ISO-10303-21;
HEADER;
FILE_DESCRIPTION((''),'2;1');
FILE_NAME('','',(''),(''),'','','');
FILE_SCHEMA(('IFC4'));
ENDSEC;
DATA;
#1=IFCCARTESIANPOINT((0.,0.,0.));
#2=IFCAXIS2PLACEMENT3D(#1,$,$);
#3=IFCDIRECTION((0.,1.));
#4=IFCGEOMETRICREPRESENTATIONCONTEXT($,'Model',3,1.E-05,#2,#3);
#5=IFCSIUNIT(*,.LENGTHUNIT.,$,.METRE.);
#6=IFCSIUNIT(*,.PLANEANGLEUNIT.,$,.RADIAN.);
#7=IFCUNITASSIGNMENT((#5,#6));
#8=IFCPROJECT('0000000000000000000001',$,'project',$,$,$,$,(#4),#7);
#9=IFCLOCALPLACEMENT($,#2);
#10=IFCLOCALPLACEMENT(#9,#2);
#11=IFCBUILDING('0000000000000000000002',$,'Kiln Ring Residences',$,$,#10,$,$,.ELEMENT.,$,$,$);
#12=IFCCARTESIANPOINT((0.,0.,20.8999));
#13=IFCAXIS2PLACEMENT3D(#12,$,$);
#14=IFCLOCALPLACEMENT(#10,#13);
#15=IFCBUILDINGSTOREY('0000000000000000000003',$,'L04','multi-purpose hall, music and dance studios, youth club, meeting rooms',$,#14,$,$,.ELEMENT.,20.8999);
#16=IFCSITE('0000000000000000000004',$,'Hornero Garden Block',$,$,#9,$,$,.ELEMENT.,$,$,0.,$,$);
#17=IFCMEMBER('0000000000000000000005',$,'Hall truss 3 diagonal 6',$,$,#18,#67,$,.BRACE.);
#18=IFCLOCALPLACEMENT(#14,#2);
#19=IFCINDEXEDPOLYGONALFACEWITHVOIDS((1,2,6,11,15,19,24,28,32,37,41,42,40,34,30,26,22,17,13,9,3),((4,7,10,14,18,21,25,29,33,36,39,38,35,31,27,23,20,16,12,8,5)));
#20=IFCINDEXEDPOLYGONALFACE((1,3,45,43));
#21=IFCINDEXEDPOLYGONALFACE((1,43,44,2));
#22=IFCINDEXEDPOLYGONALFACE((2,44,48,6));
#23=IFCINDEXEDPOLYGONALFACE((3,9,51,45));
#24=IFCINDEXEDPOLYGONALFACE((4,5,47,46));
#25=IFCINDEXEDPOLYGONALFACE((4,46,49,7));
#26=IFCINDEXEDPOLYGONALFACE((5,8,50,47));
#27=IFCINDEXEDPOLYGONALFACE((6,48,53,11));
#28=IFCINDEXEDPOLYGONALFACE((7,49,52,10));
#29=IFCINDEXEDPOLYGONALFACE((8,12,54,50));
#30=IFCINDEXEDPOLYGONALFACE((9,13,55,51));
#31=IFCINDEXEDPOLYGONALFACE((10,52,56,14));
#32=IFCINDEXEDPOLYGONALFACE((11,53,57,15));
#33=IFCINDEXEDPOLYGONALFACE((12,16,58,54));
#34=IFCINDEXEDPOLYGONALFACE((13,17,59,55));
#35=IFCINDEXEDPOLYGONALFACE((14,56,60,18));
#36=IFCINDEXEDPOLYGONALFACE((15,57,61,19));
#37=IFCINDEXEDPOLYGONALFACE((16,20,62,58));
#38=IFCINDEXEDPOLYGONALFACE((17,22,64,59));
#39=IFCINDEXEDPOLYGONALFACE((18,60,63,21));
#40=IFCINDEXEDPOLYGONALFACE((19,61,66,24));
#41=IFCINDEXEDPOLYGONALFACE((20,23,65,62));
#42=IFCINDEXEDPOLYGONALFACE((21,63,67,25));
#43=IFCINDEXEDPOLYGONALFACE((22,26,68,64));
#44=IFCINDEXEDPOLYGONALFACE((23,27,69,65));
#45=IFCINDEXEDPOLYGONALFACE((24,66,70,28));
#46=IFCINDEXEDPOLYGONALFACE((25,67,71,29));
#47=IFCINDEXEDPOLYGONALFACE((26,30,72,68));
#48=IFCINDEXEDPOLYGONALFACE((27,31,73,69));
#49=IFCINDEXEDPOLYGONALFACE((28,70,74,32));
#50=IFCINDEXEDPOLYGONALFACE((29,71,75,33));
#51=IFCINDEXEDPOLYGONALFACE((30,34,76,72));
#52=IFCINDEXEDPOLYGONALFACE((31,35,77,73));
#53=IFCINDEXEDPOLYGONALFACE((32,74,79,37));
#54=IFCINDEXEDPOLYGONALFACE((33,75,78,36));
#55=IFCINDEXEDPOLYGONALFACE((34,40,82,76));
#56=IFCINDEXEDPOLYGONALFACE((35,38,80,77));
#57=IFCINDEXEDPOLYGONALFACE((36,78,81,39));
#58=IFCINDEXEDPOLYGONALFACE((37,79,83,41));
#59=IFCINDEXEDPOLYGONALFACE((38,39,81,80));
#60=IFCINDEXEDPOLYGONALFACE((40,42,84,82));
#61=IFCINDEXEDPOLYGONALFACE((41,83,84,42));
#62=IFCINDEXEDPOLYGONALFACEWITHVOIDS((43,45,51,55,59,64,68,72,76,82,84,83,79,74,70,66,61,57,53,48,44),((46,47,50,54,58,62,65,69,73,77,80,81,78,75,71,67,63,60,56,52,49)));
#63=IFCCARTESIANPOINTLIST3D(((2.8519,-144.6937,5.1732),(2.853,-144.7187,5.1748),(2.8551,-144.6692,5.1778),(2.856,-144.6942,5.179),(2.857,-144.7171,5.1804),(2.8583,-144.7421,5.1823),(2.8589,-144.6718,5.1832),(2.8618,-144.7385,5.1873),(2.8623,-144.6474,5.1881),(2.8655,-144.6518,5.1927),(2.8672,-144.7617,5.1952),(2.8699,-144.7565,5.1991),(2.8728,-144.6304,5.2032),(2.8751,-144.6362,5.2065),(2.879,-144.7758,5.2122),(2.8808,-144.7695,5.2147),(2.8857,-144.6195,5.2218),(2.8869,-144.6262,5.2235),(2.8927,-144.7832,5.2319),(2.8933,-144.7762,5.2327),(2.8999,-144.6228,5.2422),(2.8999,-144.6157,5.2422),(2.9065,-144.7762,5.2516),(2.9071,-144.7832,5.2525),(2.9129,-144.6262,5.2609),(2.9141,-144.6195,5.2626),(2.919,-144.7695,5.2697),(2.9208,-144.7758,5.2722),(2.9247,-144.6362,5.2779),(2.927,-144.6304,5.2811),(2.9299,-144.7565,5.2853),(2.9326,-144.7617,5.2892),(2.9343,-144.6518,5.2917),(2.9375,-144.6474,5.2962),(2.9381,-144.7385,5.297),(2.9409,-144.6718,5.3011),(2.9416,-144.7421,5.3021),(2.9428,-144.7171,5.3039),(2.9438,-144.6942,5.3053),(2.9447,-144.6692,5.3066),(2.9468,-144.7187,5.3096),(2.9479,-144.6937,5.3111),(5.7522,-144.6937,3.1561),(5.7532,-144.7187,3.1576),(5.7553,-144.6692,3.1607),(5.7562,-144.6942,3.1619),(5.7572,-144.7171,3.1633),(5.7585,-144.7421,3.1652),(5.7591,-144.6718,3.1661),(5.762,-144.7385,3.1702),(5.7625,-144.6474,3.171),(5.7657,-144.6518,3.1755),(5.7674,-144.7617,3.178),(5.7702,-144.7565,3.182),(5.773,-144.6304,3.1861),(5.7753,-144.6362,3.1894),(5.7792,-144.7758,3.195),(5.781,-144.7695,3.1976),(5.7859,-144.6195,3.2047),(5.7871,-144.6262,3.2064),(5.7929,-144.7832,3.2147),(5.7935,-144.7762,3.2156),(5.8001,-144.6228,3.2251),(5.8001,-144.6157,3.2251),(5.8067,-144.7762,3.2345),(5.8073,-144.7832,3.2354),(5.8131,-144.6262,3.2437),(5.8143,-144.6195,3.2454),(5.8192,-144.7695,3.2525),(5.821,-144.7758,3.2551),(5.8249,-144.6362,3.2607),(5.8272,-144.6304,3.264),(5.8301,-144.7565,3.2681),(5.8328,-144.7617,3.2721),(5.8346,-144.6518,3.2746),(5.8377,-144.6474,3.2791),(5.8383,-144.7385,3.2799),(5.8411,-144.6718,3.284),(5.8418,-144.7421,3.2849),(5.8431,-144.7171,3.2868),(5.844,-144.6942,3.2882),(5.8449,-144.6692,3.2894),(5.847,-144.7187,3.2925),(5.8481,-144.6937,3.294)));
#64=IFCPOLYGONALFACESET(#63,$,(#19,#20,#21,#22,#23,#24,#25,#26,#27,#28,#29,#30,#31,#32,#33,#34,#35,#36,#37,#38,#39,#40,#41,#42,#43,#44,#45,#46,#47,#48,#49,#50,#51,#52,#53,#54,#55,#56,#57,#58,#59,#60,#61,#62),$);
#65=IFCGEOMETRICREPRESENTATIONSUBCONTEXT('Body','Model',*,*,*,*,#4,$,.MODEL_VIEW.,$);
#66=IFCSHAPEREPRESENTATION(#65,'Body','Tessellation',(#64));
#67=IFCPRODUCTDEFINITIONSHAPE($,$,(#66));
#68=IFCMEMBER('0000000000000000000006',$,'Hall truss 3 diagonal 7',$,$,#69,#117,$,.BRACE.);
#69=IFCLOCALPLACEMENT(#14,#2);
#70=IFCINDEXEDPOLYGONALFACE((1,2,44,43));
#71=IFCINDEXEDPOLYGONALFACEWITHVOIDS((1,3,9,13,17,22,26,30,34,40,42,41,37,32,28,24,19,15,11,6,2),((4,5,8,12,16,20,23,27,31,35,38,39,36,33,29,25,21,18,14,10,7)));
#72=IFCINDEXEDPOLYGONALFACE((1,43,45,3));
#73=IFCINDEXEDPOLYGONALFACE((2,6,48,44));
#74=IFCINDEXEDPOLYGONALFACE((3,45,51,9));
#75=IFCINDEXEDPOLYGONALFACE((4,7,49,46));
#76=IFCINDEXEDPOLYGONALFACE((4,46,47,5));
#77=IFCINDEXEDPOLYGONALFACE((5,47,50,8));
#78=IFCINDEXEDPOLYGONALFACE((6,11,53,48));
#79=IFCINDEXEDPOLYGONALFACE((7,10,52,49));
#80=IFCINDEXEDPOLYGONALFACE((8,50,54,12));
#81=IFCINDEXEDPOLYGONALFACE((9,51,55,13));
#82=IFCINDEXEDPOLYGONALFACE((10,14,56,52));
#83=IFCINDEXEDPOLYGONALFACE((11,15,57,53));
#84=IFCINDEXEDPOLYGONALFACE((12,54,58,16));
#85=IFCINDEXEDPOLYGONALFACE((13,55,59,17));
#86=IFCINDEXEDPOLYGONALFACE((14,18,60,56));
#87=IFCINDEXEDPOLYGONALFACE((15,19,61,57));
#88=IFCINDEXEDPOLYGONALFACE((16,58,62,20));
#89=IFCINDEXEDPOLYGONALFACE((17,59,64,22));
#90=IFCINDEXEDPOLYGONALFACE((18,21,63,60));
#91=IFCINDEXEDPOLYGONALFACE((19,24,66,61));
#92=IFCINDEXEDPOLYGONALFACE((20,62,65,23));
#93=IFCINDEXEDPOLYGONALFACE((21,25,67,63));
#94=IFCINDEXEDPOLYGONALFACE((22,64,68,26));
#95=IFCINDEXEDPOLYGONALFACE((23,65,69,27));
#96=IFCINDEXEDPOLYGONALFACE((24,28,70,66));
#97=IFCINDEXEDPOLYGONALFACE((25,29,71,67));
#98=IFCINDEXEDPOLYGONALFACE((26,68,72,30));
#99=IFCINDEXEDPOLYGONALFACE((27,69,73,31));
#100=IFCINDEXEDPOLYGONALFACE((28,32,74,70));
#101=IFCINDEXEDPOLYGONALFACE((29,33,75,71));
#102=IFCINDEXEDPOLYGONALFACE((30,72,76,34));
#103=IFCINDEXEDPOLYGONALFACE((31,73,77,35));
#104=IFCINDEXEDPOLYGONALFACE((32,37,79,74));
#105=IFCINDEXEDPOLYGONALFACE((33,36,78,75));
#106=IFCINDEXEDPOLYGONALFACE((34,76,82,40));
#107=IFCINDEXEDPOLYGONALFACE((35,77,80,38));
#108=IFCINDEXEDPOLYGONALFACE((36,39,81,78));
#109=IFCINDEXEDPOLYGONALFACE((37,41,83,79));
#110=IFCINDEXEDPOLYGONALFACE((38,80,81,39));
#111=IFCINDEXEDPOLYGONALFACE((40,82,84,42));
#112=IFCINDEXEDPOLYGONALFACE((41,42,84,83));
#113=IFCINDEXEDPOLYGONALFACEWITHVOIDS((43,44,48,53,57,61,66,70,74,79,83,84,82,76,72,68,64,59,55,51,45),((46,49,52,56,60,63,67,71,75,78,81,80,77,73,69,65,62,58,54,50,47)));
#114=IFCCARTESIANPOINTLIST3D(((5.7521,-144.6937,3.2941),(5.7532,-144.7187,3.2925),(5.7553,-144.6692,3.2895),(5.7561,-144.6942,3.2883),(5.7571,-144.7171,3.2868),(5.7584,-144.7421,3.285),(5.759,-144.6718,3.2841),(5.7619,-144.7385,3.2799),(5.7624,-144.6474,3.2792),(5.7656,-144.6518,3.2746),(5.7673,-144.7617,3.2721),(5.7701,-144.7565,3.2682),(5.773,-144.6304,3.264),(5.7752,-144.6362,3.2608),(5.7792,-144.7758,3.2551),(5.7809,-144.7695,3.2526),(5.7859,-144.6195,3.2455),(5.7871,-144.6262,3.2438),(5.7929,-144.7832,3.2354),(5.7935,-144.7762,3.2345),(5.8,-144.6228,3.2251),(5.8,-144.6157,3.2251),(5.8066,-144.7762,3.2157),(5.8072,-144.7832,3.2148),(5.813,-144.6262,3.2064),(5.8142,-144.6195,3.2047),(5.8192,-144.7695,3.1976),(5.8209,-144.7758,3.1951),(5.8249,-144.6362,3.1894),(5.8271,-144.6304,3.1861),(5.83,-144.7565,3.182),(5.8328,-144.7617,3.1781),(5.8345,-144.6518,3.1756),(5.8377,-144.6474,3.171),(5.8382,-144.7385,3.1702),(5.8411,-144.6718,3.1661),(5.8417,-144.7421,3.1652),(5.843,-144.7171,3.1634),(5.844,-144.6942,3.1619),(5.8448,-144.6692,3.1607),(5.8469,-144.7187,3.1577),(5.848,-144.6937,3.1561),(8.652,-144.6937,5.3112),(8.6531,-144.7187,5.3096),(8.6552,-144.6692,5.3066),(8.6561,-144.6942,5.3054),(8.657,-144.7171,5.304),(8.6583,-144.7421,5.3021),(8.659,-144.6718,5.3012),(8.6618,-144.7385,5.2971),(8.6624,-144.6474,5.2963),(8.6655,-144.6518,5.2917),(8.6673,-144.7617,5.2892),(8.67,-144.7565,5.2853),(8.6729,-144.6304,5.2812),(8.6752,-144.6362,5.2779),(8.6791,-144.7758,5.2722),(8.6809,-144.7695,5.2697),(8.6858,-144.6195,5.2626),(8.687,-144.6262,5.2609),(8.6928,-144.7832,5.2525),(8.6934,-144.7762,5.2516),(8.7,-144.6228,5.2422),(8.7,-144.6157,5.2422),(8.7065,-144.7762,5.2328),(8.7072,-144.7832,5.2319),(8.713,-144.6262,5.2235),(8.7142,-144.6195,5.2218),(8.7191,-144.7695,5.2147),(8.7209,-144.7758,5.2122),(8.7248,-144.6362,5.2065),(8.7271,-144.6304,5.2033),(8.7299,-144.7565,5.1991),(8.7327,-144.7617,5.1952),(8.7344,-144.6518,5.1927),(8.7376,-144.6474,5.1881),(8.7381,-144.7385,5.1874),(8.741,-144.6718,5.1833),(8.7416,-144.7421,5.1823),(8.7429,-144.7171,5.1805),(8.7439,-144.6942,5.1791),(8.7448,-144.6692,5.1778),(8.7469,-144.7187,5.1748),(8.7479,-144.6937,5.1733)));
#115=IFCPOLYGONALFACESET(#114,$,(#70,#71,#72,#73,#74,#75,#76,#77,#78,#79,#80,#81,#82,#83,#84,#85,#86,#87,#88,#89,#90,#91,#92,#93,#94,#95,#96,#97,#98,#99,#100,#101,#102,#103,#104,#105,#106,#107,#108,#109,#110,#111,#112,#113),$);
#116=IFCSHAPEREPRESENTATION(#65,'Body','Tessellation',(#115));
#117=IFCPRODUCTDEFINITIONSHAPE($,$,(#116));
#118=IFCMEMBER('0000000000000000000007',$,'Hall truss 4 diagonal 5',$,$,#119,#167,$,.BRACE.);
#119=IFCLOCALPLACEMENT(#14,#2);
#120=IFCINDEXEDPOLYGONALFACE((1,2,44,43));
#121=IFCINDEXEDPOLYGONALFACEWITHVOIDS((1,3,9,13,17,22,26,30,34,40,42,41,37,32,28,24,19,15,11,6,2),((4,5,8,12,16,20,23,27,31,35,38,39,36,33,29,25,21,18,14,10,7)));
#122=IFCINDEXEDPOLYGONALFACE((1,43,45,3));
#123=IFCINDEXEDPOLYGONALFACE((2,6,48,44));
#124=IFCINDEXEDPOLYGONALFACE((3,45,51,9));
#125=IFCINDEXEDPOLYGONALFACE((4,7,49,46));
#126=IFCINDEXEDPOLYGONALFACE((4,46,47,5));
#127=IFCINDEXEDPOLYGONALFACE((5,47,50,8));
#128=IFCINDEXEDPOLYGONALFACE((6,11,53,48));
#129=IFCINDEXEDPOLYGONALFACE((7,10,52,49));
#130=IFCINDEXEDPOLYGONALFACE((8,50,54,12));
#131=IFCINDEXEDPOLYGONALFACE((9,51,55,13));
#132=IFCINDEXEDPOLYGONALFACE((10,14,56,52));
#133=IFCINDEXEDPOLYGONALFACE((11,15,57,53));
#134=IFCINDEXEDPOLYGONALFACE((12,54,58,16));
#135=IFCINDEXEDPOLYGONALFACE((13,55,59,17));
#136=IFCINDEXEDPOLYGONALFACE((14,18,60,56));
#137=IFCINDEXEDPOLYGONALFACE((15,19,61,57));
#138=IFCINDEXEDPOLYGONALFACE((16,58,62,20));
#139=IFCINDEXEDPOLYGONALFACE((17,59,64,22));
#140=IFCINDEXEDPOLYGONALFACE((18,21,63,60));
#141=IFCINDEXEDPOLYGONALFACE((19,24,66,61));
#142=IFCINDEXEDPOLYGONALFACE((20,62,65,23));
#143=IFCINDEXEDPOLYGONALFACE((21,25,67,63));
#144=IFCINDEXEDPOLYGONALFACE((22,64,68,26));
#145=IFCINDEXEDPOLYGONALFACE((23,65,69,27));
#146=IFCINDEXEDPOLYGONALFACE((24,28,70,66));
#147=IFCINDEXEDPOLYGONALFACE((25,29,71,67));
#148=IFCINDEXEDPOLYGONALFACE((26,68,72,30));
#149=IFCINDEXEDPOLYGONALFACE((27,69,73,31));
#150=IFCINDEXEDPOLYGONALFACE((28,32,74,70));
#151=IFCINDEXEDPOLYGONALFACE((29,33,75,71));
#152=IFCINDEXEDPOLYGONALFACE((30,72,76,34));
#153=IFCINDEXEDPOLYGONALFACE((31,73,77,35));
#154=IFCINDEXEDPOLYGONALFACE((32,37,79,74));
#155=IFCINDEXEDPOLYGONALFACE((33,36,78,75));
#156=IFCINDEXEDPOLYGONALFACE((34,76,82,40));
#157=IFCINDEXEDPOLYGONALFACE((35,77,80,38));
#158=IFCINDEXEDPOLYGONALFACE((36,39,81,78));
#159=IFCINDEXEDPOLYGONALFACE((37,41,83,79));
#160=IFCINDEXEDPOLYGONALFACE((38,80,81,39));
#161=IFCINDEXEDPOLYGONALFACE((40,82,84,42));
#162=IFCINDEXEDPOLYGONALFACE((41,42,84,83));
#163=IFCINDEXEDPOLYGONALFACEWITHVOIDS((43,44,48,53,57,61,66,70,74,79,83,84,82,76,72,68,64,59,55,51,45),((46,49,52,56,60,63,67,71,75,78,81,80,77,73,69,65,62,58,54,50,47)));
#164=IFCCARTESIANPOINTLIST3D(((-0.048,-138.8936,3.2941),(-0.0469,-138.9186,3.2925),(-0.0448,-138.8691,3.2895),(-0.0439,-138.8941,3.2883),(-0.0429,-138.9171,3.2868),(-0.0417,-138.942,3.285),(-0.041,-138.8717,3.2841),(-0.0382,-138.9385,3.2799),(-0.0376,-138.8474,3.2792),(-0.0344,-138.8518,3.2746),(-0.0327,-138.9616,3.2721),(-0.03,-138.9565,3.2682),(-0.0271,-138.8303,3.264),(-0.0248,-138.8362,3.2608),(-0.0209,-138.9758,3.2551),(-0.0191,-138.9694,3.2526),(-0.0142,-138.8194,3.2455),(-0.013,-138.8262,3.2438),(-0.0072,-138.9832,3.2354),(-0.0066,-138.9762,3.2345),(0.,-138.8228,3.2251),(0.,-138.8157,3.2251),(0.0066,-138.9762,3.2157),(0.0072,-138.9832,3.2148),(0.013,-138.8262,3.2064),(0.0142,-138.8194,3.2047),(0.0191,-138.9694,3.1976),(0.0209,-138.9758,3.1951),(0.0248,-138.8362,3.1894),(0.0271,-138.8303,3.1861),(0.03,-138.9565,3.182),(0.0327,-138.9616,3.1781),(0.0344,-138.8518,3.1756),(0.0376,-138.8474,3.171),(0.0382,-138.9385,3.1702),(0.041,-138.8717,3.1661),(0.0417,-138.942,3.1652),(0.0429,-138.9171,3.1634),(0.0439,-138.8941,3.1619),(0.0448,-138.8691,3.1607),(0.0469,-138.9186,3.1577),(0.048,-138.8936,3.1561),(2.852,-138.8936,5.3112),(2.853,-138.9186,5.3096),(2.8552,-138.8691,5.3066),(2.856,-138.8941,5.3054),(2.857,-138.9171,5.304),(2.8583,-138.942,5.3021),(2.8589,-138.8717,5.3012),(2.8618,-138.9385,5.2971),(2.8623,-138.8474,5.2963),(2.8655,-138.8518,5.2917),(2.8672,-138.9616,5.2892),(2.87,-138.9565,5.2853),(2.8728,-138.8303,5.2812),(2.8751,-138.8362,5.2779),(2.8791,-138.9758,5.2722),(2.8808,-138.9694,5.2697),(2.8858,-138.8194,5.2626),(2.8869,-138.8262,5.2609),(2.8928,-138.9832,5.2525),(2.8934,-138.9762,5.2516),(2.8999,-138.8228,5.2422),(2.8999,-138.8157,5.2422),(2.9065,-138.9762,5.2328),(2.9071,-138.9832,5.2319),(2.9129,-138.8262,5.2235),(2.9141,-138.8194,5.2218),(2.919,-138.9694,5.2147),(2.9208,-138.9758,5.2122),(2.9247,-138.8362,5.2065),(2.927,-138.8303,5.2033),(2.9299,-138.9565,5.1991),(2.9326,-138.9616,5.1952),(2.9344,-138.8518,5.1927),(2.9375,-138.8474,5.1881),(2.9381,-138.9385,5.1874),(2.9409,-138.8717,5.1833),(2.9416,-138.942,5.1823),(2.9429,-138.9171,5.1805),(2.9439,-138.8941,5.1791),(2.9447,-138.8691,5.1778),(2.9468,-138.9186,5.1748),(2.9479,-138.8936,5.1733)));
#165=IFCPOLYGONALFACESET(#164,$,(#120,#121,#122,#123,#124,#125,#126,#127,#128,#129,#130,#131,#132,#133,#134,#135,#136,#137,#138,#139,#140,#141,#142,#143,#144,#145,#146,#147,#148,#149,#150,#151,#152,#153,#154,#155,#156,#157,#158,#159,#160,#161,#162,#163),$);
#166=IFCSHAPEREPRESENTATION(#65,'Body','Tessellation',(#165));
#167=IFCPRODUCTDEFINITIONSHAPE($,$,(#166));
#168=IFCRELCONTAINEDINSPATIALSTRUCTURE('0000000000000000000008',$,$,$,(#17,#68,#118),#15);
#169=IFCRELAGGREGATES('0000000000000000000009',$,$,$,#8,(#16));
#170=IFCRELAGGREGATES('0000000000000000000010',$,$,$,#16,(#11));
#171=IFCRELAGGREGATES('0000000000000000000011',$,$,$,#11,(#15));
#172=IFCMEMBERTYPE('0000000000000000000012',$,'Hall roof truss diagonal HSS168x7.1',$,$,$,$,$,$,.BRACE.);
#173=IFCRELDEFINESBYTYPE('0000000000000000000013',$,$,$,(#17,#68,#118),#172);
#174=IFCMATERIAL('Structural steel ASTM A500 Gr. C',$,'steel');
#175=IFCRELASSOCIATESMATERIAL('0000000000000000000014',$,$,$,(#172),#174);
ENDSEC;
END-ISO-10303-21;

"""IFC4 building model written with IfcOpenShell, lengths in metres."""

from ifc_helpers import new_model, si_unit, direction, frame, origin, origin_2d, place, context, subcontext, project, spatial, hollow_circle, extrude, material, material_profile, profile_set, type_object, element, save


model = new_model("IFC4")

# Units and contexts
model_context = context("Model", 3, precision=1e-05, world=origin(), true_north=direction((0.0, 1.0)))
body_context = subcontext(model_context, "Body", "Model", "MODEL_VIEW")
ifc_project = project(units=[si_unit("LENGTHUNIT", "METRE"), si_unit("PLANEANGLEUNIT", "RADIAN")], contexts=[model_context])

# Site, building, storey
site_placement = place(None, origin())
site = spatial("IfcSite", under=ifc_project, at=site_placement, Name="Hornero Garden Block", CompositionType="ELEMENT", RefElevation=0.0)
building_placement = place(site_placement, origin())
building = spatial("IfcBuilding", under=site, at=building_placement, Name="Kiln Ring Residences", CompositionType="ELEMENT")
storey_placement = place(building_placement, frame((0.0, 0.0, 20.8999)))
storey = spatial("IfcBuildingStorey", under=building, at=storey_placement, Name="L04", Description="multi-purpose hall, music and dance studios, youth club, meeting rooms", CompositionType="ELEMENT", Elevation=20.8999)

# Members
ifc_material_1 = material(Name="Structural steel ASTM A500 Gr. C", Category="steel")
ifc_material_profile_1 = material_profile(ifc_material_1, hollow_circle(Radius=0.0842, WallThickness=0.0071, at=origin_2d()), Name="HSS168x7.1")
ifc_profile_set_1 = profile_set([ifc_material_profile_1], Name="Structural steel ASTM A500 Gr. C")
member_type_1 = type_object("IfcMemberType", Name="Hall roof truss diagonal HSS168x7.1", PredefinedType="BRACE", material=ifc_profile_set_1)
member_1_placement = place(storey_placement, frame((2.8999, -144.7, 5.2422), z_axis=(0.820959, 0.0, -0.570988), x_axis=(0.0, 1.0, 0.0)))
element("IfcMember", 1, at=member_1_placement, inside=storey, type_object=member_type_1, Name="Hall truss 3 diagonal 6", PredefinedType="BRACE", context=body_context, shape_type="SweptSolid", body=[
    extrude(hollow_circle(Radius=0.0842, WallThickness=0.0071, at=origin_2d()), origin(), (0.0, 0.0, 1.0), 3.5327),
])
for number, where, z_axis, x_axis, name in (
    (2, (5.8, -144.7, 3.2251), (0.820936, 0.0, 0.57102), (0.0, 1.0, 0.0), "Hall truss 3 diagonal 7"),
    (3, (0.0, -138.8999, 3.2251), (0.820936, 0.0, 0.57102), (0.0, 1.0, 0.0), "Hall truss 4 diagonal 5"),
):
    element("IfcMember", number, at=place(storey_placement, frame(where, z_axis=z_axis, x_axis=x_axis)), inside=storey, type_object=member_type_1, Name=name, PredefinedType="BRACE", context=body_context, shape_type="SweptSolid", body=[
        extrude(hollow_circle(Radius=0.0842, WallThickness=0.0071, at=origin_2d()), origin(), (0.0, 0.0, 1.0), 3.5325),
    ])

save(model, "model.ifc")
